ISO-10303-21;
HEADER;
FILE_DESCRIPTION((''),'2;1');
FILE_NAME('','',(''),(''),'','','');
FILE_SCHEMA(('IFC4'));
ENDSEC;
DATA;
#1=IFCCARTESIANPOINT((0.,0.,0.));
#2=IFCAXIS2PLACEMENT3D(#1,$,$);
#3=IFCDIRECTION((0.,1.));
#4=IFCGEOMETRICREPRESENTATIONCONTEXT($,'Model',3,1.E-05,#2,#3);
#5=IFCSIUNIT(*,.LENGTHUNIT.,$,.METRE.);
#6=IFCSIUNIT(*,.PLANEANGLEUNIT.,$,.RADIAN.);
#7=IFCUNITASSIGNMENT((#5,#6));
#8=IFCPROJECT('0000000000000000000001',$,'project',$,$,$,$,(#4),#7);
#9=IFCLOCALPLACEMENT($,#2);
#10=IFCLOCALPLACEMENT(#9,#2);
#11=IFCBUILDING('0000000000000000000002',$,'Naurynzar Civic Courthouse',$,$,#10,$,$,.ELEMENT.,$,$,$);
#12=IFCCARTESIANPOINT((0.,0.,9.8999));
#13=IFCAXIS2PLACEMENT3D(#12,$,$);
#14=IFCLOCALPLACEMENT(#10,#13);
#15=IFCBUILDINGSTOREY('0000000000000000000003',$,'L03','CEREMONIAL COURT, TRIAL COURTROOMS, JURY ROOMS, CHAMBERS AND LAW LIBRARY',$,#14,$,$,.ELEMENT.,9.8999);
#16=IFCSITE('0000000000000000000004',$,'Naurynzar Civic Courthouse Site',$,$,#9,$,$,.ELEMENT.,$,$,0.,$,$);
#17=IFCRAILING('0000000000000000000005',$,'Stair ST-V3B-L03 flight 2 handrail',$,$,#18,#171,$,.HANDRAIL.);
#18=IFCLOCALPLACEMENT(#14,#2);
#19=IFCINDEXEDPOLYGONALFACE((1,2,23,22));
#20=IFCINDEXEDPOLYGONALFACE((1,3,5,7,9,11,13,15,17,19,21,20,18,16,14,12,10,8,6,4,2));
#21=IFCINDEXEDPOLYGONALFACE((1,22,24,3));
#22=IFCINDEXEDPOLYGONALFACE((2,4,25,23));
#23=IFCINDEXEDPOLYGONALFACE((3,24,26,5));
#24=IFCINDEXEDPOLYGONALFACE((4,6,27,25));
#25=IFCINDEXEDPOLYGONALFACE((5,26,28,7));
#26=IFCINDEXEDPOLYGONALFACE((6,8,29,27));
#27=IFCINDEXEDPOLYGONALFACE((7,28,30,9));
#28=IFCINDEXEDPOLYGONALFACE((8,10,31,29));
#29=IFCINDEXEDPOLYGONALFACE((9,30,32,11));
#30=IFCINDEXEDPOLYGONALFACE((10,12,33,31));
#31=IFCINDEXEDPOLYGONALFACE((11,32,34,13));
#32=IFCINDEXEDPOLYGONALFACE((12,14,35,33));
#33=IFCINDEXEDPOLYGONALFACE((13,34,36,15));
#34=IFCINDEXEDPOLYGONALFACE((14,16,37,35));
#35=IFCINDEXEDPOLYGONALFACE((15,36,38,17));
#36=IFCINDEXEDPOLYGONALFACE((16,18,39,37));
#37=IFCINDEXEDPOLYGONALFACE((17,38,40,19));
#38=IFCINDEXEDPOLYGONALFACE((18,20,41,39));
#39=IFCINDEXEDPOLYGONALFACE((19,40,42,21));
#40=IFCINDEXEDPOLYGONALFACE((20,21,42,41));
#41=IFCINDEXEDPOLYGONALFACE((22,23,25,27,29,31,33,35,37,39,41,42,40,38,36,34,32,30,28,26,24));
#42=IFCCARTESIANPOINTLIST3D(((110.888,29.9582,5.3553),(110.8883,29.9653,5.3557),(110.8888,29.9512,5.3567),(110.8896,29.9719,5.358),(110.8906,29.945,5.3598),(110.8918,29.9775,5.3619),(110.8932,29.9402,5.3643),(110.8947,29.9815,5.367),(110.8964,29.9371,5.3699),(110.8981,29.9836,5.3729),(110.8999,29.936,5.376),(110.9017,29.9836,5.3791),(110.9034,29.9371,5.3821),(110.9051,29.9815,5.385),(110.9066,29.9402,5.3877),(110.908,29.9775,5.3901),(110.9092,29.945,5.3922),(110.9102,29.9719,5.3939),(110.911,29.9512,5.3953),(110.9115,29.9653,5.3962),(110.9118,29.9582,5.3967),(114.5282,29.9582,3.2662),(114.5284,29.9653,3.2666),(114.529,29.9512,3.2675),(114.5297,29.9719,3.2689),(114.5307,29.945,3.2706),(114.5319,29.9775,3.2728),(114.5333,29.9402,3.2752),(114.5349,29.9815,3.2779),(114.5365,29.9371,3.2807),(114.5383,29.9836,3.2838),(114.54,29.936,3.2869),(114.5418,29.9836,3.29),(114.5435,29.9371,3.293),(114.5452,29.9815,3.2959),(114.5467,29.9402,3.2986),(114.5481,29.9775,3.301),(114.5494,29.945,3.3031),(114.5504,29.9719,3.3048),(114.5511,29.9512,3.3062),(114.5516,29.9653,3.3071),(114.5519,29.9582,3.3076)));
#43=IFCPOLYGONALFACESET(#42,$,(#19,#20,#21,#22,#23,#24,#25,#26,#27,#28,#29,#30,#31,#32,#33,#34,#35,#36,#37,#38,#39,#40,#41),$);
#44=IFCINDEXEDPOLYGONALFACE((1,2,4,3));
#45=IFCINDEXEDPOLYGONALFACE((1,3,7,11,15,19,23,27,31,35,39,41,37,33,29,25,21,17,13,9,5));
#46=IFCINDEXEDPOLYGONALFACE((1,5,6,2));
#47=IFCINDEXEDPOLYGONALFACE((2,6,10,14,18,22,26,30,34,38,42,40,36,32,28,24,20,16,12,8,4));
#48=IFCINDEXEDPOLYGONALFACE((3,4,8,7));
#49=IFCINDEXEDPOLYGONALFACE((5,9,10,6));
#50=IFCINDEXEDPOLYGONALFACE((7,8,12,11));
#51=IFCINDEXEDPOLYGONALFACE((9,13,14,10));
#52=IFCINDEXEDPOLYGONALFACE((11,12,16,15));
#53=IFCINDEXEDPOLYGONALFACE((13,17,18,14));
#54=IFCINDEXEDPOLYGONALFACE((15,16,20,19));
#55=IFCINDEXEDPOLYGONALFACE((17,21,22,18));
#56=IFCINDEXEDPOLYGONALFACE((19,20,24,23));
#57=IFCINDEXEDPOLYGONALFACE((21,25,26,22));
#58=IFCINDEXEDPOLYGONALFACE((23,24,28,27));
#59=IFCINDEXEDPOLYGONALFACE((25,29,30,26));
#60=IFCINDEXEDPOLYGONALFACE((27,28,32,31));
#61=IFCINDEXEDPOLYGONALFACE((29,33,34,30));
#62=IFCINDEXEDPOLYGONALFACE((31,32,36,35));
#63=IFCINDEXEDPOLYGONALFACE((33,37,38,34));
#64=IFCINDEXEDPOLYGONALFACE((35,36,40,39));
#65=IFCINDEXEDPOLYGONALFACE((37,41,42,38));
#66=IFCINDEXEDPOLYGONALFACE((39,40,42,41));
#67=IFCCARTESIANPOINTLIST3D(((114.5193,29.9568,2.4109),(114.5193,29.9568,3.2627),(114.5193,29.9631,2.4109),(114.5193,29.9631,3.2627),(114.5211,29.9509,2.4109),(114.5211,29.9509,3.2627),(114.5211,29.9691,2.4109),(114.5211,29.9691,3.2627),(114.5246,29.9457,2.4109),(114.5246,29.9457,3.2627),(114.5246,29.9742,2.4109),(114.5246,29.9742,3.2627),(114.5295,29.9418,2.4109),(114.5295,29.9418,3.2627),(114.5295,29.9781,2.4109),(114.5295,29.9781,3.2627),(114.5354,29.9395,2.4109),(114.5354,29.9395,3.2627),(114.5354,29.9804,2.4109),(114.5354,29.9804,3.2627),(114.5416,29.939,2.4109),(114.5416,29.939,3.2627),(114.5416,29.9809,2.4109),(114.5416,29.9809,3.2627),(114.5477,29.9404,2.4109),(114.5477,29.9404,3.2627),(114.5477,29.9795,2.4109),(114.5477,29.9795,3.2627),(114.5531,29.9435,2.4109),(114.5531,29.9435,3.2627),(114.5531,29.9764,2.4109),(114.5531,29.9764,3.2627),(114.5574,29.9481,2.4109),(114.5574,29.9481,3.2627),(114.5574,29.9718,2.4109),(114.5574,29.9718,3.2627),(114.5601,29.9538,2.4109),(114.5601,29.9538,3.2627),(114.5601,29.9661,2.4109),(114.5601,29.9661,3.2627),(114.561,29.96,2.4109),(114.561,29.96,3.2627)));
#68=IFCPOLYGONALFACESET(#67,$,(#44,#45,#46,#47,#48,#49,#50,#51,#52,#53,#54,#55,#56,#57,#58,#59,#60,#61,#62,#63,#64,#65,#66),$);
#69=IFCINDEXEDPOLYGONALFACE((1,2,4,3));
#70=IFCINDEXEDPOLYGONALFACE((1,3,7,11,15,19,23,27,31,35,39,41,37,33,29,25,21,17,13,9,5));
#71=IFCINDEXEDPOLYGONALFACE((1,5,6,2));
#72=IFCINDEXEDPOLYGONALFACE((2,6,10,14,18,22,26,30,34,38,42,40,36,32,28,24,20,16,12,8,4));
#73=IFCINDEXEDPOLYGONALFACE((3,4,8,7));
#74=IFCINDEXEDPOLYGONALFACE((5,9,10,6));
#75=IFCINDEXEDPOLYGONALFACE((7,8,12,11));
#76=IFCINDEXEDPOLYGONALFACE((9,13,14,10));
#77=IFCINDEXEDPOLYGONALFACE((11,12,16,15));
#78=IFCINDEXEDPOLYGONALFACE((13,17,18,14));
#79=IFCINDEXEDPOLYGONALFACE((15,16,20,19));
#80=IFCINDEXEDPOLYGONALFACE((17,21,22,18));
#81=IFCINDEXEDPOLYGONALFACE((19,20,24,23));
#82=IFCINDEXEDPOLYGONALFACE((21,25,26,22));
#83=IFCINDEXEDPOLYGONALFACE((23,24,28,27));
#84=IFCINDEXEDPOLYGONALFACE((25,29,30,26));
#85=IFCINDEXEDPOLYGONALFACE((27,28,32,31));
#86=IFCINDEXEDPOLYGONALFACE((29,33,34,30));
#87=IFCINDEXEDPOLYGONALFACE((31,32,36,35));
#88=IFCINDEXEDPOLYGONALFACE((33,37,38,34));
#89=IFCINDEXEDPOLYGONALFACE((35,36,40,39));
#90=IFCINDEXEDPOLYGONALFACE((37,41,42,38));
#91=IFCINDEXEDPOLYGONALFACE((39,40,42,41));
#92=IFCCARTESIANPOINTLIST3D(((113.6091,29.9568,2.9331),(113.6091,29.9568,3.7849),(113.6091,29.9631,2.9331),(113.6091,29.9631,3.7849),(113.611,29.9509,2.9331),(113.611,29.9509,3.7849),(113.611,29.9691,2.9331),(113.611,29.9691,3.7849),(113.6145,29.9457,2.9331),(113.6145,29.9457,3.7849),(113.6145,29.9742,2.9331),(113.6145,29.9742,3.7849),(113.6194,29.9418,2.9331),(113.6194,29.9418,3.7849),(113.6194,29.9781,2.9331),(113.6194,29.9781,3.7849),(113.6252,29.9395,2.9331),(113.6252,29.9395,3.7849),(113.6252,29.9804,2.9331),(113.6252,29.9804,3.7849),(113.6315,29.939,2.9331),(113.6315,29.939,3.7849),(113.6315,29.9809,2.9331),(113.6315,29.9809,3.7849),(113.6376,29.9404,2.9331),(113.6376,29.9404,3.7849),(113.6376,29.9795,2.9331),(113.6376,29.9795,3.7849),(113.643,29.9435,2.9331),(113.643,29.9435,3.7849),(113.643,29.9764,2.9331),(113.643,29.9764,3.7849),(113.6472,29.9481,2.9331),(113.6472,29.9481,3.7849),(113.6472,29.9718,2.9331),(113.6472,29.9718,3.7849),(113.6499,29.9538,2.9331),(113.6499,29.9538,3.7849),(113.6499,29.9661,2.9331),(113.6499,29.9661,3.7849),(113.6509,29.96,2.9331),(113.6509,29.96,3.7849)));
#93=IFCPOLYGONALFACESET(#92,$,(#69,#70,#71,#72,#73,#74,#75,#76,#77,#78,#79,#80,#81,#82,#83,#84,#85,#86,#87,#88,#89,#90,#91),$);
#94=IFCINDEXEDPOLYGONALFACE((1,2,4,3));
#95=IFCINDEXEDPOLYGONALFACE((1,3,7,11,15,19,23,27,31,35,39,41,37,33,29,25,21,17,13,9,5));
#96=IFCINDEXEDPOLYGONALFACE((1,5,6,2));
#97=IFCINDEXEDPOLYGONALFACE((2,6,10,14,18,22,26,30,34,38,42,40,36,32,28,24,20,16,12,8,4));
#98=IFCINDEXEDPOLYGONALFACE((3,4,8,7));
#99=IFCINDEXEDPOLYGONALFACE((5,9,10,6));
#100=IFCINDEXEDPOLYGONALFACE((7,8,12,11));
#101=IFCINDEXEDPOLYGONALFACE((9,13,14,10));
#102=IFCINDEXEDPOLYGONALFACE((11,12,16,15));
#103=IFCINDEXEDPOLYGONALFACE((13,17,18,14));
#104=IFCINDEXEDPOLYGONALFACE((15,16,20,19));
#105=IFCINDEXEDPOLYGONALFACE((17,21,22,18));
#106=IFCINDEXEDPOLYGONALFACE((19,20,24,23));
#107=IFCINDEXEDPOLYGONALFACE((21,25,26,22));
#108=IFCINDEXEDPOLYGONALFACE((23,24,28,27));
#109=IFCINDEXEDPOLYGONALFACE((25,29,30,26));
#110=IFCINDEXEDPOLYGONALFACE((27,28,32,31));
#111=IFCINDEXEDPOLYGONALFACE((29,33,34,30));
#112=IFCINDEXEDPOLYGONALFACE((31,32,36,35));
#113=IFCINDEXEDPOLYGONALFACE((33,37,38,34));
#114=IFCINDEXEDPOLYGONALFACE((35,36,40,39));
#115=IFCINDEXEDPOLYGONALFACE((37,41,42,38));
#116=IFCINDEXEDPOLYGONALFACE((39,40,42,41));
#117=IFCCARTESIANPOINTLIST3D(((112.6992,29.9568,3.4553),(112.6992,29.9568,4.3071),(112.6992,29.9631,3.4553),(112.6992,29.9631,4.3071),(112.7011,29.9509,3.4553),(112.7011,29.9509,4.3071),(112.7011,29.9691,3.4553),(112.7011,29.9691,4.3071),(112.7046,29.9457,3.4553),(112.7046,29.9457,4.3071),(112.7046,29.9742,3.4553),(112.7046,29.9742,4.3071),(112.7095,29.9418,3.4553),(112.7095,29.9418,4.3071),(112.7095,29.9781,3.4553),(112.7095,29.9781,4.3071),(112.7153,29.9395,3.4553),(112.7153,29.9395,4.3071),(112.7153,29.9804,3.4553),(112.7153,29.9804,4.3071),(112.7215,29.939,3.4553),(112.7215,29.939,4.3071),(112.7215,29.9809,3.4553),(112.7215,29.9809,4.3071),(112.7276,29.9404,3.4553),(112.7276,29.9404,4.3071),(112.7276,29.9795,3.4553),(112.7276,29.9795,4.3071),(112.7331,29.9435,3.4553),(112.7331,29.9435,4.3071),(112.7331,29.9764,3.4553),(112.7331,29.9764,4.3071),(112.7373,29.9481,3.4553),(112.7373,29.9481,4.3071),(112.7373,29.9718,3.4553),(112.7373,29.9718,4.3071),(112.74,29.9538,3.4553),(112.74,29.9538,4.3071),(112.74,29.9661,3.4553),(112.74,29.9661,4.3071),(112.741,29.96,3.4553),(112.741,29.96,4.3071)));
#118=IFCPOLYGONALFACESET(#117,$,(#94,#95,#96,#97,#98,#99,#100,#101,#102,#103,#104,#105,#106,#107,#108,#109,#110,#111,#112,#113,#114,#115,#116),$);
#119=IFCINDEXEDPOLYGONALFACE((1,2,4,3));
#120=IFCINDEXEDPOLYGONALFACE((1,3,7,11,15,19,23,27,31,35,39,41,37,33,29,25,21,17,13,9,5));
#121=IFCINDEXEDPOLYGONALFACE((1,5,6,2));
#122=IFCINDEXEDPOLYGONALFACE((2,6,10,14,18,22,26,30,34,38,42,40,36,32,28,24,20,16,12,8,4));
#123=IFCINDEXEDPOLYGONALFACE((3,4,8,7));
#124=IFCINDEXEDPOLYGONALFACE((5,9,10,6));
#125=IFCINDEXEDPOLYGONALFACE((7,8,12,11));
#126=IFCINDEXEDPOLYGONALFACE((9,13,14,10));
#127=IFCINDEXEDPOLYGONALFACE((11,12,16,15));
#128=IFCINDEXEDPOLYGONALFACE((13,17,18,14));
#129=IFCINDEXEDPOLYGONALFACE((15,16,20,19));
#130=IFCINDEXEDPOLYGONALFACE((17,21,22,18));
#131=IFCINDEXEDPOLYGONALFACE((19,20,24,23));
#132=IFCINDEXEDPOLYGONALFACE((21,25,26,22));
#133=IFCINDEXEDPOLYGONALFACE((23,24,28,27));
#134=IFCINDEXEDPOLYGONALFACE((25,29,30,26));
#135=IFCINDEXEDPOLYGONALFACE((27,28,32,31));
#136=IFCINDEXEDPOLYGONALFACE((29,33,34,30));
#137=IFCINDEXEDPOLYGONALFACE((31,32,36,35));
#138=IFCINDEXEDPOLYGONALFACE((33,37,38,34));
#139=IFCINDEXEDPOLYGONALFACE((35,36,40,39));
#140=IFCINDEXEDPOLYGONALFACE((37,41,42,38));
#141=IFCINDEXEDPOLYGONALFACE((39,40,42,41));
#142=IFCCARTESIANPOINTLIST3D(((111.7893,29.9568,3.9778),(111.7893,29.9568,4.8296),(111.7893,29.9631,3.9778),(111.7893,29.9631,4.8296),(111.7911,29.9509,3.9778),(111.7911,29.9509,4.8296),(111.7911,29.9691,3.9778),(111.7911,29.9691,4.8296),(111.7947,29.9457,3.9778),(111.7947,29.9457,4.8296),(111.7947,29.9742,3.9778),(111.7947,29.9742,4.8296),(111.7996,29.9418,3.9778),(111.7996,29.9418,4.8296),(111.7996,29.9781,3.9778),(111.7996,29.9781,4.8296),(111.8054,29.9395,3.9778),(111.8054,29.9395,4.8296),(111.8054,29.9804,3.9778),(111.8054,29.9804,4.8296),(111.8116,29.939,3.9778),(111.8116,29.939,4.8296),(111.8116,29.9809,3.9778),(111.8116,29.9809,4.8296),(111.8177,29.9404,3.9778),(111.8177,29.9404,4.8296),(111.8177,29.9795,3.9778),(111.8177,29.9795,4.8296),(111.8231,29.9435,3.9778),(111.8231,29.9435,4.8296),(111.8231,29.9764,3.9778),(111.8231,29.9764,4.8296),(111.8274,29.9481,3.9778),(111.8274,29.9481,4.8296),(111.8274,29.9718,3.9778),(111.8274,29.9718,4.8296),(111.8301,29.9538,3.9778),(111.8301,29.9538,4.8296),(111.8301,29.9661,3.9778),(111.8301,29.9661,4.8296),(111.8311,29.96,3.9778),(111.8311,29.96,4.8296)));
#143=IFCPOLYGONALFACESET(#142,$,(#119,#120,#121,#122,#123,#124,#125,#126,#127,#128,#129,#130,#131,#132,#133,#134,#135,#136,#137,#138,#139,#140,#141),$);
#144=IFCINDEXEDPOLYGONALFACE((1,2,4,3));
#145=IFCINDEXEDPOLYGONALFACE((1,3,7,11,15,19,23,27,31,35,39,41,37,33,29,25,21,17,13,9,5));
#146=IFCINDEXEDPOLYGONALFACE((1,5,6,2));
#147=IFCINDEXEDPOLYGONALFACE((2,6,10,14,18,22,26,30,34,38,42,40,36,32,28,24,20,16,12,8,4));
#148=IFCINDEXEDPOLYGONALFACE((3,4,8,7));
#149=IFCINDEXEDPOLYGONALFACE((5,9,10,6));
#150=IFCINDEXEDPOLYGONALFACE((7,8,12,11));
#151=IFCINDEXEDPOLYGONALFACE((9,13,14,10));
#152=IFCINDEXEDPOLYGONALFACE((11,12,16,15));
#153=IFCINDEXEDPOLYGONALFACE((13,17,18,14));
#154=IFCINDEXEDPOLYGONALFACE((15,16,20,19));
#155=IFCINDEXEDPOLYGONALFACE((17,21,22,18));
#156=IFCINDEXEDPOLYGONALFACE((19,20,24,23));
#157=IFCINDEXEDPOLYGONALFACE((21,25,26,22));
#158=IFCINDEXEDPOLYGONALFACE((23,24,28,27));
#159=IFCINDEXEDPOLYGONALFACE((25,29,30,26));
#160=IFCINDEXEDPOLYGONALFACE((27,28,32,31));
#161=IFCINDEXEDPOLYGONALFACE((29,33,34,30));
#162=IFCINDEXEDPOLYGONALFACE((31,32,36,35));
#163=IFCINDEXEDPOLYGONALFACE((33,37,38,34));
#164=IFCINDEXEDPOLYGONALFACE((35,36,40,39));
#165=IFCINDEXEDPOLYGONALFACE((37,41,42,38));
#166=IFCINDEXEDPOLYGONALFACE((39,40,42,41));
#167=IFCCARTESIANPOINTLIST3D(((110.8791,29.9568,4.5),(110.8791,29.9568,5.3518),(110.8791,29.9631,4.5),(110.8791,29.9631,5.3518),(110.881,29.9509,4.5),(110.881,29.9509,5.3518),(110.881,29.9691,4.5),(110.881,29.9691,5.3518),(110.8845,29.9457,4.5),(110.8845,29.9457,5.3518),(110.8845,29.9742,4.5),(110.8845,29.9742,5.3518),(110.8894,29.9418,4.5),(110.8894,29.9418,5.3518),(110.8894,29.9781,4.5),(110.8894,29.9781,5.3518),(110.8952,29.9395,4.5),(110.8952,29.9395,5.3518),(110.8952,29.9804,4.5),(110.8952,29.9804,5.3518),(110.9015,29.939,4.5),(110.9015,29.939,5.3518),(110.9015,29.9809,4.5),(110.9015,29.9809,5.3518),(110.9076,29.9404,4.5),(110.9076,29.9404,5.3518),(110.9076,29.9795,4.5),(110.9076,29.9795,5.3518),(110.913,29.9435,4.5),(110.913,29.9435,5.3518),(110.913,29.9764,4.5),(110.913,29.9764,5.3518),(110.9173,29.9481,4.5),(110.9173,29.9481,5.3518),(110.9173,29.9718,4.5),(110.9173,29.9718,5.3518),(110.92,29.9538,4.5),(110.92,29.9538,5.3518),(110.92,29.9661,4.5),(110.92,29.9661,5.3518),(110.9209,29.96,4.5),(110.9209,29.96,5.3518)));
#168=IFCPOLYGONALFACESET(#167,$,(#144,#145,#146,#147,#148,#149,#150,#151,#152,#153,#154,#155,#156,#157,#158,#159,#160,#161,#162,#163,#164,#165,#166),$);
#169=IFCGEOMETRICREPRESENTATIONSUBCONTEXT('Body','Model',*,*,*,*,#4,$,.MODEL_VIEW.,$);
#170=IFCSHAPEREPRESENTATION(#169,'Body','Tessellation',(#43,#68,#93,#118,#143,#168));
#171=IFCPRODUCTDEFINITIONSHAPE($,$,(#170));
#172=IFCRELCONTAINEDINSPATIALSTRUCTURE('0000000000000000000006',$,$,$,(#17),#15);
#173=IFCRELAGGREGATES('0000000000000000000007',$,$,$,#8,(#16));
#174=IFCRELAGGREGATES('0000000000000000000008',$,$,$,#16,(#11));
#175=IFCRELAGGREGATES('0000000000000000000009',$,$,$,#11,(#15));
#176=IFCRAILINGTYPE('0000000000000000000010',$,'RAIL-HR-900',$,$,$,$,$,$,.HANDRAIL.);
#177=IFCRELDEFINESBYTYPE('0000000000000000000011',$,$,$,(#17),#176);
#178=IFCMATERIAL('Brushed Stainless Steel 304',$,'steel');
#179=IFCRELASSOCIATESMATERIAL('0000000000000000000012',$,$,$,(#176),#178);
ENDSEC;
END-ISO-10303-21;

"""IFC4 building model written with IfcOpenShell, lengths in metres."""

from ifc_helpers import new_model, si_unit, direction, frame, origin, origin_2d, place, context, subcontext, project, spatial, circle, extrude, material, type_object, element, save


model = new_model("IFC4")

# Units and contexts
model_context = context("Model", 3, precision=1e-05, world=origin(), true_north=direction((0.0, 1.0)))
body_context = subcontext(model_context, "Body", "Model", "MODEL_VIEW")
ifc_project = project(units=[si_unit("LENGTHUNIT", "METRE"), si_unit("PLANEANGLEUNIT", "RADIAN")], contexts=[model_context])

# Site, building, storey
site_placement = place(None, origin())
site = spatial("IfcSite", under=ifc_project, at=site_placement, Name="Naurynzar Civic Courthouse Site", CompositionType="ELEMENT", RefElevation=0.0)
building_placement = place(site_placement, origin())
building = spatial("IfcBuilding", under=site, at=building_placement, Name="Naurynzar Civic Courthouse", CompositionType="ELEMENT")
storey_placement = place(building_placement, frame((0.0, 0.0, 9.8999)))
storey = spatial("IfcBuildingStorey", under=building, at=storey_placement, Name="L03", Description="CEREMONIAL COURT, TRIAL COURTROOMS, JURY ROOMS, CHAMBERS AND LAW LIBRARY", CompositionType="ELEMENT", Elevation=9.8999)

# Railing
ifc_material_1 = material(Name="Brushed Stainless Steel 304", Category="steel")
railing_type_1 = type_object("IfcRailingType", Name="RAIL-HR-900", PredefinedType="HANDRAIL", material=ifc_material_1)
railing_1_placement = place(storey_placement, frame((114.54, 29.96, 2.4109)))
element("IfcRailing", 1, at=railing_1_placement, inside=storey, type_object=railing_type_1, Name="Stair ST-V3B-L03 flight 2 handrail", PredefinedType="HANDRAIL", context=body_context, shape_type="SweptSolid", body=[
    extrude(circle(Radius=0.0239, at=origin_2d()), frame((0.0, 0.0, 0.876), z_axis=(-0.867314, 0.0, 0.497761), x_axis=(0.0, -1.0, 0.0)), (0.0, 0.0, 1.0), 4.197),
    extrude(circle(Radius=0.021, at=origin_2d()), origin(), (0.0, 0.0, 1.0), 0.8518),
    extrude(circle(Radius=0.021, at=origin_2d()), frame((-0.9102, 0.0, 0.5222)), (0.0, 0.0, 1.0), 0.8518),
    extrude(circle(Radius=0.021, at=origin_2d()), frame((-1.8201, 0.0, 1.0444)), (0.0, 0.0, 1.0), 0.8518),
    extrude(circle(Radius=0.021, at=origin_2d()), frame((-2.73, 0.0, 1.5669)), (0.0, 0.0, 1.0), 0.8518),
    extrude(circle(Radius=0.021, at=origin_2d()), frame((-3.6401, 0.0, 2.0891)), (0.0, 0.0, 1.0), 0.8518),
])

save(model, "model.ifc")
